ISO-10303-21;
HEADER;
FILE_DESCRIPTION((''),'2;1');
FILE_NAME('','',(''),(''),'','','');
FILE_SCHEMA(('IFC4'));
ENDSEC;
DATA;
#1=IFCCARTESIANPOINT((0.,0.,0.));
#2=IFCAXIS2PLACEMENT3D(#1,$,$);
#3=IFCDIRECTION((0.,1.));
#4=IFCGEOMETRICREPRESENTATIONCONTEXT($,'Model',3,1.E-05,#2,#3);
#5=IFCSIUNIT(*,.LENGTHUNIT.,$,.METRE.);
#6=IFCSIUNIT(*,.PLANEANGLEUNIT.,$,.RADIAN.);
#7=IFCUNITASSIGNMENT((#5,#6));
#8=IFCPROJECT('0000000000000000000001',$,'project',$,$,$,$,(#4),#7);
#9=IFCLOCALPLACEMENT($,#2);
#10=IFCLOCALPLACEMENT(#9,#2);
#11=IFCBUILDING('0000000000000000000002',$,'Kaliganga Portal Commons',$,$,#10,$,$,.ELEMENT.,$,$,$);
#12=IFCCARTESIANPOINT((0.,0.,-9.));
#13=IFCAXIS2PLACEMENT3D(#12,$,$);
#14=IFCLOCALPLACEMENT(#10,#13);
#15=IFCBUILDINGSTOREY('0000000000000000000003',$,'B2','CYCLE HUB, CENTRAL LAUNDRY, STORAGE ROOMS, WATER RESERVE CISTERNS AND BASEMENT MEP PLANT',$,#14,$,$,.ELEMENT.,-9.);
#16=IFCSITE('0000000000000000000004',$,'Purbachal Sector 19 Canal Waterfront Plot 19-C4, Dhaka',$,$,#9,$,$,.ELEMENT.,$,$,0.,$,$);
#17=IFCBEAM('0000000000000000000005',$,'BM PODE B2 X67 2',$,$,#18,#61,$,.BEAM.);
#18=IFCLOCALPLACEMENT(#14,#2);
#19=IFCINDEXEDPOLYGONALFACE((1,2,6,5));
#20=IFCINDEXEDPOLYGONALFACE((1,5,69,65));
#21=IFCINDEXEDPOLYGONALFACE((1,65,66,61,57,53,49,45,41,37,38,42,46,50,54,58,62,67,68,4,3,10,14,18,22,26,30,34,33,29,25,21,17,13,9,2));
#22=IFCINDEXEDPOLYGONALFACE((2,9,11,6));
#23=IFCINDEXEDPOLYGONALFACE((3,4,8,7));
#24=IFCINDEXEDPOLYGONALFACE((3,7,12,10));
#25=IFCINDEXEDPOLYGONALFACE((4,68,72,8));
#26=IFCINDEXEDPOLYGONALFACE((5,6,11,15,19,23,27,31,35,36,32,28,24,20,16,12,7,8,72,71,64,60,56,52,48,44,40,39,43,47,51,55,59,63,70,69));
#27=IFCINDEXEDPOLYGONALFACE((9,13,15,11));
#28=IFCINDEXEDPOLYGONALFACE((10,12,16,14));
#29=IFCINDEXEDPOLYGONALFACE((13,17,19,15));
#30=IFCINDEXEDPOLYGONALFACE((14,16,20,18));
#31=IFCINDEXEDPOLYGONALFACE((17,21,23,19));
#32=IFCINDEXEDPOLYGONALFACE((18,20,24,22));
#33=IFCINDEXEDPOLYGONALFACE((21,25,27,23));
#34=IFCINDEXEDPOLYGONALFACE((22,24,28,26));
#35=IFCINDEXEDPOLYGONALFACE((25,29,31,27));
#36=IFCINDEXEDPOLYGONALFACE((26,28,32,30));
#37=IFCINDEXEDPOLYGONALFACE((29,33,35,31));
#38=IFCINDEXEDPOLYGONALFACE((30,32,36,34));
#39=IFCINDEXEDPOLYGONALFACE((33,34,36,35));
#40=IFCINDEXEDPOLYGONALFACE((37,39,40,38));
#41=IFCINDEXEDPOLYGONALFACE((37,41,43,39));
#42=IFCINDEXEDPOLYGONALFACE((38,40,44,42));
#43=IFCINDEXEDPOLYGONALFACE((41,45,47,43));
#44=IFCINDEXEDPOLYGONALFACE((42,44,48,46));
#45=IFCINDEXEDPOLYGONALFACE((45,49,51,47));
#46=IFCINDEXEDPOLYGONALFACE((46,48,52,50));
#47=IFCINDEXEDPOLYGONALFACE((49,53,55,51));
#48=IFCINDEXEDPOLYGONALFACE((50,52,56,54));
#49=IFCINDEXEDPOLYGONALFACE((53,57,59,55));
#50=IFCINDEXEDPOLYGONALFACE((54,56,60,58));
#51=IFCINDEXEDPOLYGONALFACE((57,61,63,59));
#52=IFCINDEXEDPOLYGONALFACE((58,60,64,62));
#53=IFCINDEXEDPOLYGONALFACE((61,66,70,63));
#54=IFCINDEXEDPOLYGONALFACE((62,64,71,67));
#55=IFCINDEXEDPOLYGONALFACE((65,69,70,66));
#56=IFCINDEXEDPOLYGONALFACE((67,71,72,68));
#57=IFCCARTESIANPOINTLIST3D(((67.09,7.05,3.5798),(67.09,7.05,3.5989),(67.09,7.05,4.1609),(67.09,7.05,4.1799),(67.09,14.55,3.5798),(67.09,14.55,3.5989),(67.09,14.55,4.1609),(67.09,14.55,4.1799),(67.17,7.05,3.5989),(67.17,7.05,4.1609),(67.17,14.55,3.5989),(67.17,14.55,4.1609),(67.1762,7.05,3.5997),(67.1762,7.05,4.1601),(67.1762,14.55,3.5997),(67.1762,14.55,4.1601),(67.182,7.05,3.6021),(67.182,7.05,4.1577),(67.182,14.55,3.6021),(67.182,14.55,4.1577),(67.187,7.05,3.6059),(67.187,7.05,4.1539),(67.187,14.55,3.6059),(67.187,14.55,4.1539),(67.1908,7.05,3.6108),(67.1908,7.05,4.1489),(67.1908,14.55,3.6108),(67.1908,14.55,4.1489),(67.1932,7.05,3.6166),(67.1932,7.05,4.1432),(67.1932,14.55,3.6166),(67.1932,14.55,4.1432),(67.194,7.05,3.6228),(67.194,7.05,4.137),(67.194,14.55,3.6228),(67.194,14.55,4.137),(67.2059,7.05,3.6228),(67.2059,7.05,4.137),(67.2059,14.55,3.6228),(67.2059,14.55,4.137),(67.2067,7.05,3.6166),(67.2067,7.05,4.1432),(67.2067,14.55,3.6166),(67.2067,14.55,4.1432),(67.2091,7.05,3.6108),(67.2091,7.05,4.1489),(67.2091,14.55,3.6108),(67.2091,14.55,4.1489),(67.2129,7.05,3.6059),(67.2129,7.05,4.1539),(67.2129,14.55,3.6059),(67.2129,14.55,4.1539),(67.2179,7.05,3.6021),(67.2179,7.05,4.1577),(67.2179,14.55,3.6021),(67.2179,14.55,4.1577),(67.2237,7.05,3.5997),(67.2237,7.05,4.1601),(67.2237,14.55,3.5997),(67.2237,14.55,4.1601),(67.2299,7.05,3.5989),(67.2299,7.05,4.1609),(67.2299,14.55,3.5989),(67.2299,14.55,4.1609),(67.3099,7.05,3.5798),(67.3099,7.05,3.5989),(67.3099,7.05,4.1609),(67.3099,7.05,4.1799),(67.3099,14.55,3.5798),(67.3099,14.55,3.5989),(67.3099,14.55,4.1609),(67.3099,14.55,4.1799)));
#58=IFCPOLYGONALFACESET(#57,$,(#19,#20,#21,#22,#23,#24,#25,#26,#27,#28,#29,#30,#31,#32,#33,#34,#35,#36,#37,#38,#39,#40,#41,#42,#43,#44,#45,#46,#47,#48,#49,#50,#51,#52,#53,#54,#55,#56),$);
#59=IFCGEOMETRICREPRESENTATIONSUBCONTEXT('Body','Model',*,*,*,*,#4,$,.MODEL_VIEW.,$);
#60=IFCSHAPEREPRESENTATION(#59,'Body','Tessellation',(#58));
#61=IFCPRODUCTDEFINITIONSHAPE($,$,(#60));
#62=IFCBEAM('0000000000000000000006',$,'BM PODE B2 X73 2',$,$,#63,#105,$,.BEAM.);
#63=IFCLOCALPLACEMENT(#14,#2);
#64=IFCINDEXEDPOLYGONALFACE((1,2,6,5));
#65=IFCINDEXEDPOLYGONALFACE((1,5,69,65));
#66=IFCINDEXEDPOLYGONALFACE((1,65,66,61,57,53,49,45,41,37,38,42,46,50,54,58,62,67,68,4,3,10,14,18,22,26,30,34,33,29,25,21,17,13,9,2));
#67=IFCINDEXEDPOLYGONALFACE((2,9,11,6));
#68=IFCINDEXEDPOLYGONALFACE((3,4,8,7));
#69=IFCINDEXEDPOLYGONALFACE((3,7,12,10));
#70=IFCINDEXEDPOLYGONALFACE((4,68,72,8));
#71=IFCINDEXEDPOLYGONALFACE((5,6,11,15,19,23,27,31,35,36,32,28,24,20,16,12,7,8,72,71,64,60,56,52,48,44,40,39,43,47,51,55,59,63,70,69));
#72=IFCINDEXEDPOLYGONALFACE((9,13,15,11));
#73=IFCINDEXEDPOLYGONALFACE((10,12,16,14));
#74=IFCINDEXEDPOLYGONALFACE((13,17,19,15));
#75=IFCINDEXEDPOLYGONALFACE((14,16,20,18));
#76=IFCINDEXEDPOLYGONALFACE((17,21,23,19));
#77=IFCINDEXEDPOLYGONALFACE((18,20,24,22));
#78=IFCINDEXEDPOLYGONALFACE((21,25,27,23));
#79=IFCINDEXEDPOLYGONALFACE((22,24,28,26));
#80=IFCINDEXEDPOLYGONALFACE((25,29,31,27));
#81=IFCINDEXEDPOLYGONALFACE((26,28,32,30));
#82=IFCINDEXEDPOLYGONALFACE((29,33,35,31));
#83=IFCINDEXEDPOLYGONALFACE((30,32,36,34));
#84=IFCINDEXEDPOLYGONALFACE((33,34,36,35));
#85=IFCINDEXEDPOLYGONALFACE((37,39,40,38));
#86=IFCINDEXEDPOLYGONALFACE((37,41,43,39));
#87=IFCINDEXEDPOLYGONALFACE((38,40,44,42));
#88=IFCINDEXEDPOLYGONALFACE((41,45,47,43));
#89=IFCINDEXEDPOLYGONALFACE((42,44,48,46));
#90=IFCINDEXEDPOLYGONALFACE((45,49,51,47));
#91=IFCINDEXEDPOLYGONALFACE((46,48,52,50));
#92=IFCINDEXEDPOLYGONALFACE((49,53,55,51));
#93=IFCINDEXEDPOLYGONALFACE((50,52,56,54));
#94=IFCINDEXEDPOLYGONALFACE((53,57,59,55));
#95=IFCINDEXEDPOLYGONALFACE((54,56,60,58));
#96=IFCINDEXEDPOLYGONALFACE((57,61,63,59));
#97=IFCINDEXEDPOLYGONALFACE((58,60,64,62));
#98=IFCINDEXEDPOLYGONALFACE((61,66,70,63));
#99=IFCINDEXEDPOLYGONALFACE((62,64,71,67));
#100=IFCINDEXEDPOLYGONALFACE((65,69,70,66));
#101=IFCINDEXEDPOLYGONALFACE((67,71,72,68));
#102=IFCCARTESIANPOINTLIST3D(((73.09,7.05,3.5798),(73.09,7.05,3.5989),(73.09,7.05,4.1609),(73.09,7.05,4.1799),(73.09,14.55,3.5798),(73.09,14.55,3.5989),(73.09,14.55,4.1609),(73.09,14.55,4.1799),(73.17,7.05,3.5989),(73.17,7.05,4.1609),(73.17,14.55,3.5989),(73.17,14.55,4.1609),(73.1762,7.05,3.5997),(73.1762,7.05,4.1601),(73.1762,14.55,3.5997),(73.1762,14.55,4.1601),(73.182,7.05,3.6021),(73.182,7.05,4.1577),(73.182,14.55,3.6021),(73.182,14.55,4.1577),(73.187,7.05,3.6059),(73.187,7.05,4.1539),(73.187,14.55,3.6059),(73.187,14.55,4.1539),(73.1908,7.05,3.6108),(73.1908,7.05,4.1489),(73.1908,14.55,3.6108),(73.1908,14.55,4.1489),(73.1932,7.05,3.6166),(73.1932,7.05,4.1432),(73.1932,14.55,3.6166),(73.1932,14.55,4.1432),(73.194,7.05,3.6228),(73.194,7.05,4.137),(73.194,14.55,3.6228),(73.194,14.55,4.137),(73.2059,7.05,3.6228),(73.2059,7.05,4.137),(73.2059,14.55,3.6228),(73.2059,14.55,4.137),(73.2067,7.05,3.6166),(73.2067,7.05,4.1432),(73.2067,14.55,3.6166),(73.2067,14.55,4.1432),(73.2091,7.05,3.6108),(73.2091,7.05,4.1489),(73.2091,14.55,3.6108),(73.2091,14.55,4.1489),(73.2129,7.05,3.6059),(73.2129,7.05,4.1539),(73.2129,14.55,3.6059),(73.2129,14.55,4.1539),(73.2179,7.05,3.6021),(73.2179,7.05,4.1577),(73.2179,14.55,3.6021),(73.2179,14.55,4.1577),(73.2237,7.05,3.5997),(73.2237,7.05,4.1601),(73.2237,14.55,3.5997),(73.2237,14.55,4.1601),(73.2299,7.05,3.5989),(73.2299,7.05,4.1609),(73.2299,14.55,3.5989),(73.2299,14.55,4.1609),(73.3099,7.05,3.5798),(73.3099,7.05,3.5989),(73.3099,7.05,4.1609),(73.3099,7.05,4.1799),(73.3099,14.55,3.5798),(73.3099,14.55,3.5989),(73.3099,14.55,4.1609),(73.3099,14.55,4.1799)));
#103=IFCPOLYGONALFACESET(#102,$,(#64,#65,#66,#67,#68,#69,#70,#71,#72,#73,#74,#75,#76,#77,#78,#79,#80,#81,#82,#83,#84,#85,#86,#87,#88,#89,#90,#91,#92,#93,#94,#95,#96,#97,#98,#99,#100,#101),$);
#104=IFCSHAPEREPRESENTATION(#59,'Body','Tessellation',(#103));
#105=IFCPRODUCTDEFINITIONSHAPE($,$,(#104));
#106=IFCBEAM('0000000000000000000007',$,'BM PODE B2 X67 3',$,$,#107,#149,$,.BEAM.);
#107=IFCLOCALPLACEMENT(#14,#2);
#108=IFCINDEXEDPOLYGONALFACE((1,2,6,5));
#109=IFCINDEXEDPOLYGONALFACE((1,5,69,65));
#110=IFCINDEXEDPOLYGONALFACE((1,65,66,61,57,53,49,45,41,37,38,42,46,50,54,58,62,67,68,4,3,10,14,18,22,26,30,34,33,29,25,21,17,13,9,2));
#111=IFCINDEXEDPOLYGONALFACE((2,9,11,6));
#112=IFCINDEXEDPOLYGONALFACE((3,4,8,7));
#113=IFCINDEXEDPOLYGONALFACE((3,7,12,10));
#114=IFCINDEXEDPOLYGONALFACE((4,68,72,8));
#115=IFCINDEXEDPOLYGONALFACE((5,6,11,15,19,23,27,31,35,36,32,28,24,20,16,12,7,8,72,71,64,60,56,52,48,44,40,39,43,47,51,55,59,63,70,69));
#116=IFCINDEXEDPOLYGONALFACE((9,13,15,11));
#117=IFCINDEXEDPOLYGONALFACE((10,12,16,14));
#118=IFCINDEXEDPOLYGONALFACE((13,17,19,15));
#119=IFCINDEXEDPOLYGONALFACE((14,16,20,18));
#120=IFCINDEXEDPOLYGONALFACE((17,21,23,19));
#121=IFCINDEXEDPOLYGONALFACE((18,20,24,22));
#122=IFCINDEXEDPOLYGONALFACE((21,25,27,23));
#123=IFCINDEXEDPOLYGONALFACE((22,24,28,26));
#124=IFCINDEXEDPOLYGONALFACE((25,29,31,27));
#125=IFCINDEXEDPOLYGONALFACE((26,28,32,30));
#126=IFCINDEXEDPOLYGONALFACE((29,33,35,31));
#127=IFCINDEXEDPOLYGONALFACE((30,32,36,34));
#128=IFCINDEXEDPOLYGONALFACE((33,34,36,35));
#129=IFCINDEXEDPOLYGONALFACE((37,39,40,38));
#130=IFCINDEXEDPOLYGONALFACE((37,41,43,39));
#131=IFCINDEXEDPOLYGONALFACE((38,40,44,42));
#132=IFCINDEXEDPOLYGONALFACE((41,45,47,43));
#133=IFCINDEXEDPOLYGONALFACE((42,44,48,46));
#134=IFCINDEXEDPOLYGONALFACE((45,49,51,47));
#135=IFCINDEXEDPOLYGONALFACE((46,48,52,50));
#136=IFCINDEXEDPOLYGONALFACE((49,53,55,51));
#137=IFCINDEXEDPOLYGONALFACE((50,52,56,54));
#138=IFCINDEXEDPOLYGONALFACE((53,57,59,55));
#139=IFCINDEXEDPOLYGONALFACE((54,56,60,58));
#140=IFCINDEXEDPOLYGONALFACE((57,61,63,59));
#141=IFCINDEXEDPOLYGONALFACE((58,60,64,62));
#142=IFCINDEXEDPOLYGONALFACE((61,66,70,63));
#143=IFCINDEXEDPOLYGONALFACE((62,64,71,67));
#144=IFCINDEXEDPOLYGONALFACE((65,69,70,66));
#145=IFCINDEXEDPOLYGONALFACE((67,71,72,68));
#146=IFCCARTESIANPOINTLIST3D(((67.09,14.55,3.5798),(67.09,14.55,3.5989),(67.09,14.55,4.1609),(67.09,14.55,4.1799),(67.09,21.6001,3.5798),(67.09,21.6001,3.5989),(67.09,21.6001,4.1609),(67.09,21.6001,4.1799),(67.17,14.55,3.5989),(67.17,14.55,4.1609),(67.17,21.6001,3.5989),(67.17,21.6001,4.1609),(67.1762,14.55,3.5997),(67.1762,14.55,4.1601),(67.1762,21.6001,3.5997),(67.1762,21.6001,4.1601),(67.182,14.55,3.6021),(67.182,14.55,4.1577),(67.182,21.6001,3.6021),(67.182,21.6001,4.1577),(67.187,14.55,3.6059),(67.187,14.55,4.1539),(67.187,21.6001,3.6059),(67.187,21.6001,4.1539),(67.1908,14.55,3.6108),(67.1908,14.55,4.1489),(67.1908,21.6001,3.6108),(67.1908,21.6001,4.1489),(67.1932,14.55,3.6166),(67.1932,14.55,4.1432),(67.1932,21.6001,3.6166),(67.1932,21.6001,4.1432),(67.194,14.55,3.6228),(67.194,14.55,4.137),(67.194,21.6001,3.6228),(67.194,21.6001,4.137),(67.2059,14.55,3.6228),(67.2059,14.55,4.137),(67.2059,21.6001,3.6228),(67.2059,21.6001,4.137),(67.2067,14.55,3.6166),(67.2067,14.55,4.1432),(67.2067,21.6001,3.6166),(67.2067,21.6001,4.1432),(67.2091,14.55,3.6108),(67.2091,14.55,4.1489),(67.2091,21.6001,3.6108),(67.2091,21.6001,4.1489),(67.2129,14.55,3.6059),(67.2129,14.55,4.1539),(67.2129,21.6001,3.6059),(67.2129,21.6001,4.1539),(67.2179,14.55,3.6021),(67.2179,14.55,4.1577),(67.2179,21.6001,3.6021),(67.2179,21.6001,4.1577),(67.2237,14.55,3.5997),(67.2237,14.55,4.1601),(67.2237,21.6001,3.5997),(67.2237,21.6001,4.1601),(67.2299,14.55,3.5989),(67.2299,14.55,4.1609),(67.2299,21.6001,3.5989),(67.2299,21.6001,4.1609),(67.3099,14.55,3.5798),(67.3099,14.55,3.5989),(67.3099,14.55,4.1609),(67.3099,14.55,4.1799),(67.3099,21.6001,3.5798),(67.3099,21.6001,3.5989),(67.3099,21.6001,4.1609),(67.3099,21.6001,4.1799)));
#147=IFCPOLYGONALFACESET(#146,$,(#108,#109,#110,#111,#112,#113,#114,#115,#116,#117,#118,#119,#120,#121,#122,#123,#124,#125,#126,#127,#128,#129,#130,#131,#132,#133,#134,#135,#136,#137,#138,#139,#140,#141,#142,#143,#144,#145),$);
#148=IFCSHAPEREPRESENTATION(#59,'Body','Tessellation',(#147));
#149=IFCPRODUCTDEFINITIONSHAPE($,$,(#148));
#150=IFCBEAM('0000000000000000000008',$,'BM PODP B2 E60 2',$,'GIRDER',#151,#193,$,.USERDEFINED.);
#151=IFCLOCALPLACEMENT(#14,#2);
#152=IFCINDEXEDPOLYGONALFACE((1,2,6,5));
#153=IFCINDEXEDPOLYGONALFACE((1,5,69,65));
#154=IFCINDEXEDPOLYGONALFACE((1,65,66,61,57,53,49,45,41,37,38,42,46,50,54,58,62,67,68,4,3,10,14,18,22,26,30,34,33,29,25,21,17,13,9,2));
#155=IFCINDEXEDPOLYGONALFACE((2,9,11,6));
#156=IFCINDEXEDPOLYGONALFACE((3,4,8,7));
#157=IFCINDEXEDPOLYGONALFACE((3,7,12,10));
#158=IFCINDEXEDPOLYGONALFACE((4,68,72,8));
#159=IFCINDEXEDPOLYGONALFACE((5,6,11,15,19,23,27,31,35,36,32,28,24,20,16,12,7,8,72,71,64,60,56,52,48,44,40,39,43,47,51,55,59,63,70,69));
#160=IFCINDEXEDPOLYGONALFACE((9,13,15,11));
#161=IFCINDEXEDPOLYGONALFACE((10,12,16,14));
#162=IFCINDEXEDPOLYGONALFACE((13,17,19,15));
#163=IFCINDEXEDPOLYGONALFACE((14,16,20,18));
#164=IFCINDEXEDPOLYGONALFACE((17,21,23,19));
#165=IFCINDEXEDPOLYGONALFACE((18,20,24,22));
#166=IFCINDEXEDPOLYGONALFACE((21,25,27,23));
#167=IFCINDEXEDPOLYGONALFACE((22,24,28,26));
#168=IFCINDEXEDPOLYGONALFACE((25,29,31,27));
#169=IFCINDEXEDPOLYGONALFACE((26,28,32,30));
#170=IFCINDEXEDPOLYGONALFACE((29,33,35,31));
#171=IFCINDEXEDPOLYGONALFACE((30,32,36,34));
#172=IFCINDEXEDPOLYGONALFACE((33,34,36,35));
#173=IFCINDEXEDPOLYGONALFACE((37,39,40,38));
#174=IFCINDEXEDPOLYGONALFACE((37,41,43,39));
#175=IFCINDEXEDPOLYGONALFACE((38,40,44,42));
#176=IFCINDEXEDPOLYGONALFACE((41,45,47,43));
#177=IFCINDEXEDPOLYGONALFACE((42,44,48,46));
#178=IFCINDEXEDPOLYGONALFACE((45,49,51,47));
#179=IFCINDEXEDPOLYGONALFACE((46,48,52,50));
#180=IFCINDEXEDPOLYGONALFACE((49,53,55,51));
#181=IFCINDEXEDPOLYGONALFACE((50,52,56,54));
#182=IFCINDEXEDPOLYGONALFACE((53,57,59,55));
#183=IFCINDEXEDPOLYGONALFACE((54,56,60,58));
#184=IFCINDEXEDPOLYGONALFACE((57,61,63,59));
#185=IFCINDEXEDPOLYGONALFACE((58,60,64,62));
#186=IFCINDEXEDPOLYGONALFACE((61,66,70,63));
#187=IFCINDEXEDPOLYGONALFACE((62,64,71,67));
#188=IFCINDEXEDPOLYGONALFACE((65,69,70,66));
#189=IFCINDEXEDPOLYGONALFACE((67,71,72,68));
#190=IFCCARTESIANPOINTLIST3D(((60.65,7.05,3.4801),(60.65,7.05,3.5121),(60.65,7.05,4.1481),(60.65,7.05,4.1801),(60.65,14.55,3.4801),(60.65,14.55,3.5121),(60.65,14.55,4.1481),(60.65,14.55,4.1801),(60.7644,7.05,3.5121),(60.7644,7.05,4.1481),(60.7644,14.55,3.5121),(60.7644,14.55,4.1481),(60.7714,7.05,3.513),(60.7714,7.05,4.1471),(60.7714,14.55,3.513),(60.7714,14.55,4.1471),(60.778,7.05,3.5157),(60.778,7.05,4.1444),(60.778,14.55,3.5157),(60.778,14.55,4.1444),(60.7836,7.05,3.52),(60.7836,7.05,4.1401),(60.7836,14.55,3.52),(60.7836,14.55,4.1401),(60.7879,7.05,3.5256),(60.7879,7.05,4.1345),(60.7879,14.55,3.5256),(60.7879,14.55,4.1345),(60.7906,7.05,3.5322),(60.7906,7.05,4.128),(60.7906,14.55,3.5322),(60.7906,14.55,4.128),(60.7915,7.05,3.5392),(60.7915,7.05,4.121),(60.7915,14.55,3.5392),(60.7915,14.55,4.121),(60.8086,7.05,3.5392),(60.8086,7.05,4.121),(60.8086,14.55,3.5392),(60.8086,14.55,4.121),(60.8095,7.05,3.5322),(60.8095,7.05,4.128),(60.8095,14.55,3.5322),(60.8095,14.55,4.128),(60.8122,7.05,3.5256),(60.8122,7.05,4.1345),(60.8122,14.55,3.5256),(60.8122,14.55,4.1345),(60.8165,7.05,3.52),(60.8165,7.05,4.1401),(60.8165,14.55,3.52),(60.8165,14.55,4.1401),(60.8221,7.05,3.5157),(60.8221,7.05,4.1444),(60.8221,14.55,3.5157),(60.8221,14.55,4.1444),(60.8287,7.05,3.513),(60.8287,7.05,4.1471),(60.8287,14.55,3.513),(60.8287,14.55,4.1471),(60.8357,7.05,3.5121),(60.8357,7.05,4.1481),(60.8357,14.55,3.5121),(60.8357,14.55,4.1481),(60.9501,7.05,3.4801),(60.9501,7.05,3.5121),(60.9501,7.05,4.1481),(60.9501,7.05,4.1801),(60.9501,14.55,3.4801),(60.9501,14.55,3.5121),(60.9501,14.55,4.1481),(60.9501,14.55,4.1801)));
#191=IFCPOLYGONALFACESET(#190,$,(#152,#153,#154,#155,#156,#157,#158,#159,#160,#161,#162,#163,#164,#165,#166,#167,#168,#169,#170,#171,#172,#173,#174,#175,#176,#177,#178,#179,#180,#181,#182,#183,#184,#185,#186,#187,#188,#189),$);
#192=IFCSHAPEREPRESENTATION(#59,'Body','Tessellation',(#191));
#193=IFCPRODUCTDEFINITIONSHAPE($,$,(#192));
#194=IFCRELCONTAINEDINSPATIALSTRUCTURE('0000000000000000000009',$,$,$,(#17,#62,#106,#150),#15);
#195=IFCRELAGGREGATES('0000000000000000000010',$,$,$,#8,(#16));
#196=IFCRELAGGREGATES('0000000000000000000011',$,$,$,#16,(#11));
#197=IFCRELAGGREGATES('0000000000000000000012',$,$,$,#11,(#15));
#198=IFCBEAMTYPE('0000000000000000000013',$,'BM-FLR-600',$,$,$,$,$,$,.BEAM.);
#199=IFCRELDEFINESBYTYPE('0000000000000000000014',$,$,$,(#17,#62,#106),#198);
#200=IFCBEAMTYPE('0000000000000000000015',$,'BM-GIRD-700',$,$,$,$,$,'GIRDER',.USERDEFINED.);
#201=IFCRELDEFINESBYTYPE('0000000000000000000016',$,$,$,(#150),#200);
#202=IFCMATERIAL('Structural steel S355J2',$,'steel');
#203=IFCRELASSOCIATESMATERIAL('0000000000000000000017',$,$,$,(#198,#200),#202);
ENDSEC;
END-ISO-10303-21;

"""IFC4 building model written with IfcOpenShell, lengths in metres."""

from ifc_helpers import new_model, si_unit, direction, frame, origin, origin_2d, place, context, subcontext, project, spatial, i_section, extrude, source, transform, mapped, material, material_profile, profile_set, type_object, element, save


model = new_model("IFC4")

# Units and contexts
model_context = context("Model", 3, precision=1e-05, world=origin(), true_north=direction((0.0, 1.0)))
body_context = subcontext(model_context, "Body", "Model", "MODEL_VIEW")
ifc_project = project(units=[si_unit("LENGTHUNIT", "METRE"), si_unit("PLANEANGLEUNIT", "RADIAN")], contexts=[model_context])

# Site, building, storey
site_placement = place(None, origin())
site = spatial("IfcSite", under=ifc_project, at=site_placement, Name="Purbachal Sector 19 Canal Waterfront Plot 19-C4, Dhaka", CompositionType="ELEMENT", RefElevation=0.0)
building_placement = place(site_placement, origin())
building = spatial("IfcBuilding", under=site, at=building_placement, Name="Kaliganga Portal Commons", CompositionType="ELEMENT")
storey_placement = place(building_placement, frame((0.0, 0.0, -9.0)))
storey = spatial("IfcBuildingStorey", under=building, at=storey_placement, Name="B2", Description="CYCLE HUB, CENTRAL LAUNDRY, STORAGE ROOMS, WATER RESERVE CISTERNS AND BASEMENT MEP PLANT", CompositionType="ELEMENT", Elevation=-9.0)

# Beams
ifc_material_1 = material(Name="Structural steel S355J2", Category="steel")
ifc_material_profile_1 = material_profile(ifc_material_1, i_section(OverallWidth=0.22, OverallDepth=0.6001, WebThickness=0.012, FlangeThickness=0.019, FilletRadius=0.0239, at=origin_2d()), Name="IPE 600")
ifc_profile_set_1 = profile_set([ifc_material_profile_1], Name="Structural steel S355J2 wide-flange")
beam_type_1 = type_object("IfcBeamType", Name="BM-FLR-600", PredefinedType="BEAM", material=ifc_profile_set_1)
shared_shape_1 = source(origin(), body_context, "Body", "SweptSolid", [
    extrude(i_section(OverallWidth=0.22, OverallDepth=0.6001, WebThickness=0.012, FlangeThickness=0.019, FilletRadius=0.0239, at=origin_2d()), origin(), (0.0, 0.0, 1.0), 7.5),
])
for number, where, z_axis, x_axis, name in (
    (1, (67.2, 7.05, 3.8799), (0.0, 1.0, 0.0), (-1.0, 0.0, 0.0), "BM PODE B2 X67 2"),
    (2, (73.2, 7.05, 3.8799), (0.0, 1.0, 0.0), (-1.0, 0.0, 0.0), "BM PODE B2 X73 2"),
):
    element("IfcBeam", number, at=place(storey_placement, frame(where, z_axis=z_axis, x_axis=x_axis)), inside=storey, type_object=beam_type_1, Name=name, PredefinedType="BEAM", context=body_context, shape_type="MappedRepresentation", body=[
        mapped(shared_shape_1, transform((0.0, 0.0, 0.0), x_axis=(1.0, 0.0, 0.0), y_axis=(0.0, 1.0, 0.0), z_axis=(0.0, 0.0, 1.0), scale=1.0)),
    ])
shared_shape_2 = source(origin(), body_context, "Body", "SweptSolid", [
    extrude(i_section(OverallWidth=0.22, OverallDepth=0.6001, WebThickness=0.012, FlangeThickness=0.019, FilletRadius=0.0239, at=origin_2d()), origin(), (0.0, 0.0, 1.0), 7.05),
])
beam_1_placement = place(storey_placement, frame((67.2, 14.55, 3.8799), z_axis=(0.0, 1.0, 0.0), x_axis=(-1.0, 0.0, 0.0)))
element("IfcBeam", 3, at=beam_1_placement, inside=storey, type_object=beam_type_1, Name="BM PODE B2 X67 3", PredefinedType="BEAM", context=body_context, shape_type="MappedRepresentation", body=[
    mapped(shared_shape_2, transform((0.0, 0.0, 0.0), x_axis=(1.0, 0.0, 0.0), y_axis=(0.0, 1.0, 0.0), z_axis=(0.0, 0.0, 1.0), scale=1.0)),
])
ifc_material_profile_2 = material_profile(ifc_material_1, i_section(OverallWidth=0.3, OverallDepth=0.7, WebThickness=0.0171, FlangeThickness=0.032, FilletRadius=0.0271, at=origin_2d()), Name="HE 700 B")
ifc_profile_set_2 = profile_set([ifc_material_profile_2], Name="Structural steel S355J2 wide-flange")
beam_type_2 = type_object("IfcBeamType", Name="BM-GIRD-700", ElementType="GIRDER", PredefinedType="USERDEFINED", material=ifc_profile_set_2)
shared_shape_3 = source(origin(), body_context, "Body", "SweptSolid", [
    extrude(i_section(OverallWidth=0.3, OverallDepth=0.7, WebThickness=0.0171, FlangeThickness=0.032, FilletRadius=0.0271, at=origin_2d()), origin(), (0.0, 0.0, 1.0), 7.5),
])
beam_2_placement = place(storey_placement, frame((60.8, 7.05, 3.8301), z_axis=(0.0, 1.0, 0.0), x_axis=(-1.0, 0.0, 0.0)))
element("IfcBeam", 4, at=beam_2_placement, inside=storey, type_object=beam_type_2, Name="BM PODP B2 E60 2", ObjectType="GIRDER", PredefinedType="USERDEFINED", context=body_context, shape_type="MappedRepresentation", body=[
    mapped(shared_shape_3, transform((0.0, 0.0, 0.0), x_axis=(1.0, 0.0, 0.0), y_axis=(0.0, 1.0, 0.0), z_axis=(0.0, 0.0, 1.0), scale=1.0)),
])

save(model, "model.ifc")
